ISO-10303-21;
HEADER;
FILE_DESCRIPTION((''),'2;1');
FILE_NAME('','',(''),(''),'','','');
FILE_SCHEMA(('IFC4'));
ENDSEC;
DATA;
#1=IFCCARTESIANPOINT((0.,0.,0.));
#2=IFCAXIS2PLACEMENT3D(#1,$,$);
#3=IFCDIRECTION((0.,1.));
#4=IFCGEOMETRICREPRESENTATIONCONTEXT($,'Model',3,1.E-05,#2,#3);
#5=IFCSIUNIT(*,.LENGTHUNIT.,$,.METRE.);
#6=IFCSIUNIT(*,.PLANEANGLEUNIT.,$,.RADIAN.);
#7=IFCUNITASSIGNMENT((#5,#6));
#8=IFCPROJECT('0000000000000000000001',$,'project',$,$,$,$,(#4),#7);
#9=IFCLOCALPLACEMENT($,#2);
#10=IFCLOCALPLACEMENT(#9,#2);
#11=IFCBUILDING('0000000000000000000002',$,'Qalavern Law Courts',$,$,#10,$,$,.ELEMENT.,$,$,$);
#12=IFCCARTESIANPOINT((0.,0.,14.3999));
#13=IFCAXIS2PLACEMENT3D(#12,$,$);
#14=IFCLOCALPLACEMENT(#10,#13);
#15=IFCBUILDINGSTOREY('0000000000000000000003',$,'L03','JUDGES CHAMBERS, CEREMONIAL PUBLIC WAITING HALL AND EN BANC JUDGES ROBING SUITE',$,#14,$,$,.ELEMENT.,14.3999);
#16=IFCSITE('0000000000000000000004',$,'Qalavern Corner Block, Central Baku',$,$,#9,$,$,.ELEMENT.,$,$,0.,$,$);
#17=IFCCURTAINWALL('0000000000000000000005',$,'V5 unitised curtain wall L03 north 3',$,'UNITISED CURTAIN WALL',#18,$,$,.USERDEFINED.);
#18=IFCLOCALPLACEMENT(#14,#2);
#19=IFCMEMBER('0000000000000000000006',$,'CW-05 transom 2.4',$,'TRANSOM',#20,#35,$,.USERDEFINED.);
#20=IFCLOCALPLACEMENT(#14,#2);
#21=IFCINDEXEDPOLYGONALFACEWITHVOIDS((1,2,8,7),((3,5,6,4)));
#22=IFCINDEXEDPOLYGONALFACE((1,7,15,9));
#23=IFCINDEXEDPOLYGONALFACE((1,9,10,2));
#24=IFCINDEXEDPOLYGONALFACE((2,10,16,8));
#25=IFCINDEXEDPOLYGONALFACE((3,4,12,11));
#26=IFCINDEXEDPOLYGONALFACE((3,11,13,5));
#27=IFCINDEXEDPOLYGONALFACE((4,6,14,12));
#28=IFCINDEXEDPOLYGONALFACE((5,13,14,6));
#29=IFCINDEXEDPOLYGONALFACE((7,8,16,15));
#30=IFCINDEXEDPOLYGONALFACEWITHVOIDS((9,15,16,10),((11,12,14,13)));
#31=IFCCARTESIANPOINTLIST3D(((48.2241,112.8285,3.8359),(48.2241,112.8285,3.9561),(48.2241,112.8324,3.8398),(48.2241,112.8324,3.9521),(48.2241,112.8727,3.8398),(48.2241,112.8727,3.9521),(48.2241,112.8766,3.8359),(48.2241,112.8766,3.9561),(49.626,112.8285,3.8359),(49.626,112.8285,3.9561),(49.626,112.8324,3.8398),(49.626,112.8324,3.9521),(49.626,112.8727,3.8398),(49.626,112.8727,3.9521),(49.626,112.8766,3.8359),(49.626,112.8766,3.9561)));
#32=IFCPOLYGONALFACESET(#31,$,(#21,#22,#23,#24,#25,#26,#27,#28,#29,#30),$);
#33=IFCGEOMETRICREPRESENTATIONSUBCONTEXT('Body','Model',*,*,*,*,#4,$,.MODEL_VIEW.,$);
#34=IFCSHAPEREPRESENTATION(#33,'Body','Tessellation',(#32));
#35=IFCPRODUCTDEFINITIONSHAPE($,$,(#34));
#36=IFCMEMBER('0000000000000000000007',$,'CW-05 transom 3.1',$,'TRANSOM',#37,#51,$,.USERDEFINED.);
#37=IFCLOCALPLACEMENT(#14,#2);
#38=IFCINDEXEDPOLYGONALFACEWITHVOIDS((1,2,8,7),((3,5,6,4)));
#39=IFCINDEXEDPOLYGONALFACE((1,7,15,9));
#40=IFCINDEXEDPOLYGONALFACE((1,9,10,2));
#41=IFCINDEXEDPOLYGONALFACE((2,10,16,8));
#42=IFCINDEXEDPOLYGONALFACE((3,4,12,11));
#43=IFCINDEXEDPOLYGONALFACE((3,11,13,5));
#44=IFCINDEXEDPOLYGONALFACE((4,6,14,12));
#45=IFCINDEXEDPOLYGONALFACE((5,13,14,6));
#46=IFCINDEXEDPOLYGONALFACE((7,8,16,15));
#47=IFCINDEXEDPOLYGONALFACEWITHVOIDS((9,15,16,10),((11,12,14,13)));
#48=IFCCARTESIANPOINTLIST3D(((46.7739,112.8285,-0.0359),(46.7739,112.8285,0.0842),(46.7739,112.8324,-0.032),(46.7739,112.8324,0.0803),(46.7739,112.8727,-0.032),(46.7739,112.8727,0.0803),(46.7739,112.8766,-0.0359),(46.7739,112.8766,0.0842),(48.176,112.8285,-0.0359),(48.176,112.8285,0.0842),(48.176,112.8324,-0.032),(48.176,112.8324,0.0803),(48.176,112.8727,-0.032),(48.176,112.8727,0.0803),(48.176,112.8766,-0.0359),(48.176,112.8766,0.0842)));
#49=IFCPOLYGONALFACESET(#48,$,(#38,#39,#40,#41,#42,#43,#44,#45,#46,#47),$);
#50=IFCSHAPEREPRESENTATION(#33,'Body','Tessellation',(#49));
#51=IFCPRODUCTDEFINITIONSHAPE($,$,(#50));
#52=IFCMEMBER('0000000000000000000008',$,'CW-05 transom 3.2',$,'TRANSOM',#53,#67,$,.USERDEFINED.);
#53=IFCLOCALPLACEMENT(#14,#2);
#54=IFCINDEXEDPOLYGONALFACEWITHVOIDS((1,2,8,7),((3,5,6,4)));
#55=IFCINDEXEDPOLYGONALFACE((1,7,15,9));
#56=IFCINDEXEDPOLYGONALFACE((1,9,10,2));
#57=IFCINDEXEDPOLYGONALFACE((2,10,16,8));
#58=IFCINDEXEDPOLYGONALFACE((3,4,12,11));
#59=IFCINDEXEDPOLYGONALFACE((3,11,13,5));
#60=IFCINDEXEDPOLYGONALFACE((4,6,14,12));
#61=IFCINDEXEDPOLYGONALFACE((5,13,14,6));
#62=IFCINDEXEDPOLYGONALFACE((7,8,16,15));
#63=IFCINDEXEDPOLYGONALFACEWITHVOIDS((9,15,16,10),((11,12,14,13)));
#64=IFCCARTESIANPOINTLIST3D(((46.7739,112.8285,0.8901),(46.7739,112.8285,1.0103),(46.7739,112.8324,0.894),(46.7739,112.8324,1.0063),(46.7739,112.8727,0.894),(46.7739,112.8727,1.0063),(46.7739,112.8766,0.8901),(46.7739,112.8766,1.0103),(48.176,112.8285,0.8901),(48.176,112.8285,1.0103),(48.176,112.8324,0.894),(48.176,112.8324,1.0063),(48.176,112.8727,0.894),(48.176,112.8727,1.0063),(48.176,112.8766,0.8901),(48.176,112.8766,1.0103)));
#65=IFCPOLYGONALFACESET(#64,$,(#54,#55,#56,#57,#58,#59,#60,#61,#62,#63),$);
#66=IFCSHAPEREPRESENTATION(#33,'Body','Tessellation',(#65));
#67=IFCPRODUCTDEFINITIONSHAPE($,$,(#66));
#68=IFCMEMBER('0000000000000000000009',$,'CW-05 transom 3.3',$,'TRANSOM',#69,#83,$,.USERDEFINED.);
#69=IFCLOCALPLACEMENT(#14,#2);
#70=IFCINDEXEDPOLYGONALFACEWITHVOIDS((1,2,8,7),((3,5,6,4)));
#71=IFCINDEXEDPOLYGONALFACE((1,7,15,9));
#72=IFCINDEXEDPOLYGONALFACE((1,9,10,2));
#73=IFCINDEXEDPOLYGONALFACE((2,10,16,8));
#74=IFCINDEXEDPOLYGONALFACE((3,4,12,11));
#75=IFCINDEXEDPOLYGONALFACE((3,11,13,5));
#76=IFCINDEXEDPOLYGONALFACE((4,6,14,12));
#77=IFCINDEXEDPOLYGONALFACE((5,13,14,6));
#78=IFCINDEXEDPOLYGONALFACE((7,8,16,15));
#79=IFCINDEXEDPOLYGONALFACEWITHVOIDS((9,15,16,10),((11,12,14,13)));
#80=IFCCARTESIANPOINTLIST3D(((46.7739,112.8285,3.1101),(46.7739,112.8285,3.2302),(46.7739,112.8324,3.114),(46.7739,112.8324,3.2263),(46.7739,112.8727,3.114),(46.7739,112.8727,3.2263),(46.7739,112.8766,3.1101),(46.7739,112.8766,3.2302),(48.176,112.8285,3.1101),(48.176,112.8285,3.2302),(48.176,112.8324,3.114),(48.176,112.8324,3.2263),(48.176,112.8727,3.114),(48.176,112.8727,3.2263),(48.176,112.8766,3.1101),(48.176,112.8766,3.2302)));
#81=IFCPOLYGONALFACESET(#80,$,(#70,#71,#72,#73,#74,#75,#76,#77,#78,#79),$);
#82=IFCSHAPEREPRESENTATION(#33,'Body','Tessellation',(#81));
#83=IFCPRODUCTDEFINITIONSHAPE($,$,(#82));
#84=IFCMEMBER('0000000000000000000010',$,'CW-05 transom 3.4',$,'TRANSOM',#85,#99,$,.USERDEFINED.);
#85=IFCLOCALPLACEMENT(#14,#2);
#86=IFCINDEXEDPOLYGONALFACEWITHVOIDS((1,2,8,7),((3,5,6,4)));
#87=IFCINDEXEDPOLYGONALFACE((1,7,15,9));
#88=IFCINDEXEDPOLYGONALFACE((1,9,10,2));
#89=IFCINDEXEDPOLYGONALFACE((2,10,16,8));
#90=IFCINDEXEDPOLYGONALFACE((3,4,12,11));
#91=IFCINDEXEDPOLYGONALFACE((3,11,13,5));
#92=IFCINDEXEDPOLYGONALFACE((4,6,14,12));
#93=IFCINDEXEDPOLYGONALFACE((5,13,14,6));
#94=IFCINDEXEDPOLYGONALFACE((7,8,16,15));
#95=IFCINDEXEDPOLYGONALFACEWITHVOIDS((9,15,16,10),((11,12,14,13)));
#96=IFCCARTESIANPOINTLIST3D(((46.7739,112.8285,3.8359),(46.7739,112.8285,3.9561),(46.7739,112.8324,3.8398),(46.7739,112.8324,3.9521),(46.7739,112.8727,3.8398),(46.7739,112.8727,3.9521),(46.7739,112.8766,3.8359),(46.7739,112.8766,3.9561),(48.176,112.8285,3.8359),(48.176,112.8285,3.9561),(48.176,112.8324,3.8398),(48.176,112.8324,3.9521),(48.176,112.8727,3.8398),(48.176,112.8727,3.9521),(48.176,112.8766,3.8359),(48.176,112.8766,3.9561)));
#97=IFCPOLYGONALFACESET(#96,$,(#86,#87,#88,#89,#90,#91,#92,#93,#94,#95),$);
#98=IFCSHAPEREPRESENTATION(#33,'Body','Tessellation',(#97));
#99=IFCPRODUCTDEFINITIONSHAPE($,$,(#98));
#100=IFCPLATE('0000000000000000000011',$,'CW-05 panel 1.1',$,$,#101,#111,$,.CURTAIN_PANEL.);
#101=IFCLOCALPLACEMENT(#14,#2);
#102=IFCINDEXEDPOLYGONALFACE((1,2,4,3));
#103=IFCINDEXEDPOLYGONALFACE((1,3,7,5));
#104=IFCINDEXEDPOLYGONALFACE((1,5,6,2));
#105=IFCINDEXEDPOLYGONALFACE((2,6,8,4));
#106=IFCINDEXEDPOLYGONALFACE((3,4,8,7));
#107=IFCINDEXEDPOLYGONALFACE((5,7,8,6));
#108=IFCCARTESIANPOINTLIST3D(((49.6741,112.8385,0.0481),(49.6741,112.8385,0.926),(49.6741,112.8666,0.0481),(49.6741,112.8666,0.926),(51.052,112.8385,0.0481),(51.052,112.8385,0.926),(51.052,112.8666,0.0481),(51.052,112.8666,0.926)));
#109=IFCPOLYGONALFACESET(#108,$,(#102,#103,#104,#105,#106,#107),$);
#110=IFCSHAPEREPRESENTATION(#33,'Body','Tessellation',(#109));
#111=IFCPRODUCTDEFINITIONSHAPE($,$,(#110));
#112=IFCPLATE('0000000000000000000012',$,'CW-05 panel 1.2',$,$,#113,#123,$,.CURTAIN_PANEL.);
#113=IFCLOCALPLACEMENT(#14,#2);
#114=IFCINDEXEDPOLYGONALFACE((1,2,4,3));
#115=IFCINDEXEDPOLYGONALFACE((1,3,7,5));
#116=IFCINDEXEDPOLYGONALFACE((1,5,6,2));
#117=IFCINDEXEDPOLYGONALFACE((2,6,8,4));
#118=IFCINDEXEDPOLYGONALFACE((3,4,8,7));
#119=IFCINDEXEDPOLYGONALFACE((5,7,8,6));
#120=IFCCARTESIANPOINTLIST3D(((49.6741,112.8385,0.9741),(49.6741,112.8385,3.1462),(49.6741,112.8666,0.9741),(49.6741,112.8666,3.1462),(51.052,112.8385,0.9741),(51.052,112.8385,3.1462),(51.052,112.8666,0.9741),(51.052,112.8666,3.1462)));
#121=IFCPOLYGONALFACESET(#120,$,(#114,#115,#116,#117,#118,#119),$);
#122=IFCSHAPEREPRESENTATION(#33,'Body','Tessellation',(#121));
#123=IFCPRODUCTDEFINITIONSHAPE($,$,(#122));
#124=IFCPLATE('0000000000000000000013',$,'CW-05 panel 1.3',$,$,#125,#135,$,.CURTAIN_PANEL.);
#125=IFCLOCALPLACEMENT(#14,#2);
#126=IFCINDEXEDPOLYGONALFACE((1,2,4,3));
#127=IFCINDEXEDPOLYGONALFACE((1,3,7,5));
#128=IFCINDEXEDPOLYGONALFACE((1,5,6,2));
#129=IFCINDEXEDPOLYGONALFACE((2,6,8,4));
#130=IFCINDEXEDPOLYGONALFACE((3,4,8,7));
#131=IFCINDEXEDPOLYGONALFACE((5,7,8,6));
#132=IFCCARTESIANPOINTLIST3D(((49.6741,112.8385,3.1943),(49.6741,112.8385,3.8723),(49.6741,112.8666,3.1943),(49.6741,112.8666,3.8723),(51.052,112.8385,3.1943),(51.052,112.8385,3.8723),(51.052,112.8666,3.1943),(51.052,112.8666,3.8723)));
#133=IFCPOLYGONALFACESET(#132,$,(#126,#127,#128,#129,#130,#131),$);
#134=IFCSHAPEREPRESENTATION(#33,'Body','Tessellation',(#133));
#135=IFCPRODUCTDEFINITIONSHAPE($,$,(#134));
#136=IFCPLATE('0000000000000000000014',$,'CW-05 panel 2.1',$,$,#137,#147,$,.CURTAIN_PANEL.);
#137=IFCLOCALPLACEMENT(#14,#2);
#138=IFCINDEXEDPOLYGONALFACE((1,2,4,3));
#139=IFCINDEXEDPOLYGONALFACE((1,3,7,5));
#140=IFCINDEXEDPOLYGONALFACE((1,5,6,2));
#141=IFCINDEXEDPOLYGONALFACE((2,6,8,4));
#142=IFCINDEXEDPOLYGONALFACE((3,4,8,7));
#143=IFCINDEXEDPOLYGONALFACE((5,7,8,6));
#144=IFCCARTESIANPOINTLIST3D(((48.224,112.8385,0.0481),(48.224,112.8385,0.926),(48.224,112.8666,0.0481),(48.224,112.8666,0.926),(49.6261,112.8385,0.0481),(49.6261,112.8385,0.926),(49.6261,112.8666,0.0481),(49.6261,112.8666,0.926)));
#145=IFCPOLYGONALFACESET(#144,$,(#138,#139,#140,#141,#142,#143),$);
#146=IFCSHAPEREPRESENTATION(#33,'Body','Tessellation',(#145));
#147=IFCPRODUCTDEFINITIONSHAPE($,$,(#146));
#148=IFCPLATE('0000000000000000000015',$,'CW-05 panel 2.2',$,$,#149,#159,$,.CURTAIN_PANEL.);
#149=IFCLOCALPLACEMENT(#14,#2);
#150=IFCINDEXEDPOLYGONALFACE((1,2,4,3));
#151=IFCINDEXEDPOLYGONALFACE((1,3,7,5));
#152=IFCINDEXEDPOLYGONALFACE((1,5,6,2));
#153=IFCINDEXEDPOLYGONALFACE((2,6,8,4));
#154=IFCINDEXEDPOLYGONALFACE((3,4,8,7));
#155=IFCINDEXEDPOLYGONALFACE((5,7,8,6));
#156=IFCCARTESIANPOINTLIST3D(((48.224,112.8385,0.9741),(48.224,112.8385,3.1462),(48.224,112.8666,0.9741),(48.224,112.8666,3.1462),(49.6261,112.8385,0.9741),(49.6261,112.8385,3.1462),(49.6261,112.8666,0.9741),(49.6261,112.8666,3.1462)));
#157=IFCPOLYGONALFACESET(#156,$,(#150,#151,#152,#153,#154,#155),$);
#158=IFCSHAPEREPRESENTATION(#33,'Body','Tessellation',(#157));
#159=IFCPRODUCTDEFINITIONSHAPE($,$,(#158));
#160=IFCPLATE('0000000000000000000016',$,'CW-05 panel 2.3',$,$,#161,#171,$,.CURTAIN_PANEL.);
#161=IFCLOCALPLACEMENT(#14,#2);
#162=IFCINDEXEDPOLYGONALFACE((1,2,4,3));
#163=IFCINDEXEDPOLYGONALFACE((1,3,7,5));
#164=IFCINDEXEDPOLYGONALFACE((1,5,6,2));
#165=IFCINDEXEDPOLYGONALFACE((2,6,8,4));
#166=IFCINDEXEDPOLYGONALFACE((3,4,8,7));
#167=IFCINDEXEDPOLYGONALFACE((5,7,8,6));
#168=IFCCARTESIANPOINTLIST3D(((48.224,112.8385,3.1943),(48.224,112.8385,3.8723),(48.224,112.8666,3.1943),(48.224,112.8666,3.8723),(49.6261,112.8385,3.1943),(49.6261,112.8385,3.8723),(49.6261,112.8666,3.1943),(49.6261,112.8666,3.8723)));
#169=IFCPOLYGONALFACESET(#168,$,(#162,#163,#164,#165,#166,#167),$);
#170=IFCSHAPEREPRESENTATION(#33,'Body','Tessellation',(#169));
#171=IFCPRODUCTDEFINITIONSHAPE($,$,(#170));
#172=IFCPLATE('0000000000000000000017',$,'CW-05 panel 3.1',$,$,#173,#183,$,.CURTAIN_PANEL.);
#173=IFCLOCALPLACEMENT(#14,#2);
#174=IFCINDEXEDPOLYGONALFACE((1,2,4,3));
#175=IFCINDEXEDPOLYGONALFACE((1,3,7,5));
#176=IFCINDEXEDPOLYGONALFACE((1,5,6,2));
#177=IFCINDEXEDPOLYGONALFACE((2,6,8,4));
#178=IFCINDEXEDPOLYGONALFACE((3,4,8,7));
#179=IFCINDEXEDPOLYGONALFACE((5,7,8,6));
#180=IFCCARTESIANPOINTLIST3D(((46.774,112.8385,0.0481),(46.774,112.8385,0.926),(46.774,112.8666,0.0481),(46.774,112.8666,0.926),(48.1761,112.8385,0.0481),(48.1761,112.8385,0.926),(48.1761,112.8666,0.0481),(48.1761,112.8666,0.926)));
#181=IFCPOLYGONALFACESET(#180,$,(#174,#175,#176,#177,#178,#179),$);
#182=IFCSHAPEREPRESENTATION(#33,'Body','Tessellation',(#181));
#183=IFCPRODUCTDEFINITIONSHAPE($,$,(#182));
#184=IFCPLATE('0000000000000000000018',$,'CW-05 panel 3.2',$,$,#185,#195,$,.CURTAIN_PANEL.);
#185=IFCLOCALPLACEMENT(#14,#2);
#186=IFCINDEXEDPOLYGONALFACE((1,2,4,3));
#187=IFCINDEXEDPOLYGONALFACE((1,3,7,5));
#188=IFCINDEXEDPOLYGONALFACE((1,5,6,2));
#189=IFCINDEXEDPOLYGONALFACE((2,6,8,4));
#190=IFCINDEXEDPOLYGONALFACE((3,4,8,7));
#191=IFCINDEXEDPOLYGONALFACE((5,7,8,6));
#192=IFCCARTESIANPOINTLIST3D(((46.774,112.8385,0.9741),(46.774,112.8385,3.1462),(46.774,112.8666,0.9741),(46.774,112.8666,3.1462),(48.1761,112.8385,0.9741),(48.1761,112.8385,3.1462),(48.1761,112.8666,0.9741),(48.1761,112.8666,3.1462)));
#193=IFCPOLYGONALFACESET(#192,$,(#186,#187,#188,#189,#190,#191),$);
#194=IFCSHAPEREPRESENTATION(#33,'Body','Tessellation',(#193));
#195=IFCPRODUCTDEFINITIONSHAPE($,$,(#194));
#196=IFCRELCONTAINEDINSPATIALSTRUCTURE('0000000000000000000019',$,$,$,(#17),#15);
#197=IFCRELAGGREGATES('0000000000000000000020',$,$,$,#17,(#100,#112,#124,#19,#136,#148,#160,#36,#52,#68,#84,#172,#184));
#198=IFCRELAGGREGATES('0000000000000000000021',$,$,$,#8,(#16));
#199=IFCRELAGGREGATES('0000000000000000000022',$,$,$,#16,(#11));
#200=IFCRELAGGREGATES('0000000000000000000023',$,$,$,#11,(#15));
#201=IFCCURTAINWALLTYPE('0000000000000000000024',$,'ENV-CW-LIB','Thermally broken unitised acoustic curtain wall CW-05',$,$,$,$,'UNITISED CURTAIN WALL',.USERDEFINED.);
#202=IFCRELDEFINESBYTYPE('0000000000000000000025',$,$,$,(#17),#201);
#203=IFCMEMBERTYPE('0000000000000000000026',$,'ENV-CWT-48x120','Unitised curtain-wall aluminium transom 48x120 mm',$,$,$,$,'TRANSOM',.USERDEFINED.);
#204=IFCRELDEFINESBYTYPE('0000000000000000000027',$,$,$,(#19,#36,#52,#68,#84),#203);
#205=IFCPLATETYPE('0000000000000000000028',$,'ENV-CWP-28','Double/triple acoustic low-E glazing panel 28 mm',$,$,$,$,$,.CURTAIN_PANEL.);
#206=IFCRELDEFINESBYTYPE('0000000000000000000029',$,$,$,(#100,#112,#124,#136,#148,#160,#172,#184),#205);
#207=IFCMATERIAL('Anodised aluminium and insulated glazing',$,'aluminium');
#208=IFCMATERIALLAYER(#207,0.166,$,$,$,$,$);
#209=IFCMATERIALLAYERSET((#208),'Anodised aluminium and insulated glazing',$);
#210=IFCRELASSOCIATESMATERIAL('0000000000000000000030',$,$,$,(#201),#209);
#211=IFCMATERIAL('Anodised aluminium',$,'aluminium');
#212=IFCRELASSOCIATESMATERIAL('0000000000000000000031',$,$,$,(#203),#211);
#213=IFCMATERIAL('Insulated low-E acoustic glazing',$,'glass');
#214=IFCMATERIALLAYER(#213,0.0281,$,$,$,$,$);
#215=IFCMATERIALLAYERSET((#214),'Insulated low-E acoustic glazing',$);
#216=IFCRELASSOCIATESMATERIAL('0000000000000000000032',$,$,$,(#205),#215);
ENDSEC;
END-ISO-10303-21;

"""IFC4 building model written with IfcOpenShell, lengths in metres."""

from ifc_helpers import new_model, si_unit, direction, frame, origin, origin_2d, place, context, subcontext, project, spatial, rectangle, hollow_rectangle, extrude, material, layer, layer_set, material_profile, profile_set, type_object, element, aggregate, save


model = new_model("IFC4")

# Units and contexts
model_context = context("Model", 3, precision=1e-05, world=origin(), true_north=direction((0.0, 1.0)))
body_context = subcontext(model_context, "Body", "Model", "MODEL_VIEW")
ifc_project = project(units=[si_unit("LENGTHUNIT", "METRE"), si_unit("PLANEANGLEUNIT", "RADIAN")], contexts=[model_context])

# Site, building, storey
site_placement = place(None, origin())
site = spatial("IfcSite", under=ifc_project, at=site_placement, Name="Qalavern Corner Block, Central Baku", CompositionType="ELEMENT", RefElevation=0.0)
building_placement = place(site_placement, origin())
building = spatial("IfcBuilding", under=site, at=building_placement, Name="Qalavern Law Courts", CompositionType="ELEMENT")
storey_placement = place(building_placement, frame((0.0, 0.0, 14.3999)))
storey = spatial("IfcBuildingStorey", under=building, at=storey_placement, Name="L03", Description="JUDGES CHAMBERS, CEREMONIAL PUBLIC WAITING HALL AND EN BANC JUDGES ROBING SUITE", CompositionType="ELEMENT", Elevation=14.3999)

# Curtain wall, members, plates
ifc_material_1 = material(Name="Anodised aluminium and insulated glazing", Category="aluminium")
ifc_layer_1 = layer(ifc_material_1, 0.166)
ifc_layer_set_1 = layer_set([ifc_layer_1], Name="Anodised aluminium and insulated glazing")
curtain_wall_type = type_object("IfcCurtainWallType", Name="ENV-CW-LIB", Description="Thermally broken unitised acoustic curtain wall CW-05", ElementType="UNITISED CURTAIN WALL", PredefinedType="USERDEFINED", material=ifc_layer_set_1)
curtain_wall_placement = place(storey_placement, origin())
curtain_wall = element("IfcCurtainWall", 1, at=curtain_wall_placement, inside=storey, type_object=curtain_wall_type, Name="V5 unitised curtain wall L03 north 3", ObjectType="UNITISED CURTAIN WALL", PredefinedType="USERDEFINED")
ifc_material_2 = material(Name="Anodised aluminium", Category="aluminium")
ifc_material_profile_1 = material_profile(ifc_material_2, hollow_rectangle(XDim=0.0481, YDim=0.1201, WallThickness=0.0039, at=origin_2d()), Name="ALU TRANSOM 48x120")
ifc_profile_set_1 = profile_set([ifc_material_profile_1], Name="Anodised aluminium")
member_type_1 = type_object("IfcMemberType", Name="ENV-CWT-48x120", Description="Unitised curtain-wall aluminium transom 48x120 mm", ElementType="TRANSOM", PredefinedType="USERDEFINED", material=ifc_profile_set_1)
member_1_placement = place(storey_placement, frame((49.626, 112.8525, 3.896), z_axis=(-1.0, 0.0, 0.0), x_axis=(0.0, -1.0, 0.0)))
member_1 = element("IfcMember", 2, at=member_1_placement, type_object=member_type_1, Name="CW-05 transom 2.4", ObjectType="TRANSOM", PredefinedType="USERDEFINED", context=body_context, shape_type="SweptSolid", body=[
    extrude(hollow_rectangle(XDim=0.0481, YDim=0.1201, WallThickness=0.0039, at=origin_2d()), origin(), (0.0, 0.0, 1.0), 1.4019),
])
member_2_placement = place(storey_placement, frame((48.176, 112.8525, 0.0242), z_axis=(-1.0, 0.0, 0.0), x_axis=(0.0, -1.0, 0.0)))
member_2 = element("IfcMember", 3, at=member_2_placement, type_object=member_type_1, Name="CW-05 transom 3.1", ObjectType="TRANSOM", PredefinedType="USERDEFINED", context=body_context, shape_type="SweptSolid", body=[
    extrude(hollow_rectangle(XDim=0.0481, YDim=0.1201, WallThickness=0.0039, at=origin_2d()), origin(), (0.0, 0.0, 1.0), 1.4021),
])
member_3_placement = place(storey_placement, frame((48.176, 112.8525, 0.9502), z_axis=(-1.0, 0.0, 0.0), x_axis=(0.0, -1.0, 0.0)))
member_3 = element("IfcMember", 4, at=member_3_placement, type_object=member_type_1, Name="CW-05 transom 3.2", ObjectType="TRANSOM", PredefinedType="USERDEFINED", context=body_context, shape_type="SweptSolid", body=[
    extrude(hollow_rectangle(XDim=0.0481, YDim=0.1201, WallThickness=0.0039, at=origin_2d()), origin(), (0.0, 0.0, 1.0), 1.4021),
])
member_4_placement = place(storey_placement, frame((48.176, 112.8525, 3.1702), z_axis=(-1.0, 0.0, 0.0), x_axis=(0.0, -1.0, 0.0)))
member_4 = element("IfcMember", 5, at=member_4_placement, type_object=member_type_1, Name="CW-05 transom 3.3", ObjectType="TRANSOM", PredefinedType="USERDEFINED", context=body_context, shape_type="SweptSolid", body=[
    extrude(hollow_rectangle(XDim=0.0481, YDim=0.1201, WallThickness=0.0039, at=origin_2d()), origin(), (0.0, 0.0, 1.0), 1.4021),
])
member_5_placement = place(storey_placement, frame((48.176, 112.8525, 3.896), z_axis=(-1.0, 0.0, 0.0), x_axis=(0.0, -1.0, 0.0)))
member_5 = element("IfcMember", 6, at=member_5_placement, type_object=member_type_1, Name="CW-05 transom 3.4", ObjectType="TRANSOM", PredefinedType="USERDEFINED", context=body_context, shape_type="SweptSolid", body=[
    extrude(hollow_rectangle(XDim=0.0481, YDim=0.1201, WallThickness=0.0039, at=origin_2d()), origin(), (0.0, 0.0, 1.0), 1.4021),
])
ifc_material_3 = material(Name="Insulated low-E acoustic glazing", Category="glass")
ifc_layer_2 = layer(ifc_material_3, 0.0281)
ifc_layer_set_2 = layer_set([ifc_layer_2], Name="Insulated low-E acoustic glazing")
plate_type = type_object("IfcPlateType", Name="ENV-CWP-28", Description="Double/triple acoustic low-E glazing panel 28 mm", PredefinedType="CURTAIN_PANEL", material=ifc_layer_set_2)
plate_1_placement = place(storey_placement, frame((50.363, 112.8525, 0.0481), z_axis=(0.0, 0.0, 1.0), x_axis=(-1.0, 0.0, 0.0)))
plate_1 = element("IfcPlate", 7, at=plate_1_placement, type_object=plate_type, Name="CW-05 panel 1.1", PredefinedType="CURTAIN_PANEL", context=body_context, shape_type="SweptSolid", body=[
    extrude(rectangle(XDim=1.3779, YDim=0.0281, at=origin_2d()), origin(), (0.0, 0.0, 1.0), 0.8779),
])
plate_2_placement = place(storey_placement, frame((50.363, 112.8525, 0.9741), z_axis=(0.0, 0.0, 1.0), x_axis=(-1.0, 0.0, 0.0)))
plate_2 = element("IfcPlate", 8, at=plate_2_placement, type_object=plate_type, Name="CW-05 panel 1.2", PredefinedType="CURTAIN_PANEL", context=body_context, shape_type="SweptSolid", body=[
    extrude(rectangle(XDim=1.3779, YDim=0.0281, at=origin_2d()), origin(), (0.0, 0.0, 1.0), 2.1721),
])
plate_3_placement = place(storey_placement, frame((50.363, 112.8525, 3.1943), z_axis=(0.0, 0.0, 1.0), x_axis=(-1.0, 0.0, 0.0)))
plate_3 = element("IfcPlate", 9, at=plate_3_placement, type_object=plate_type, Name="CW-05 panel 1.3", PredefinedType="CURTAIN_PANEL", context=body_context, shape_type="SweptSolid", body=[
    extrude(rectangle(XDim=1.3779, YDim=0.0281, at=origin_2d()), origin(), (0.0, 0.0, 1.0), 0.678),
])
plate_4_placement = place(storey_placement, frame((48.925, 112.8525, 0.0481), z_axis=(0.0, 0.0, 1.0), x_axis=(-1.0, 0.0, 0.0)))
plate_4 = element("IfcPlate", 10, at=plate_4_placement, type_object=plate_type, Name="CW-05 panel 2.1", PredefinedType="CURTAIN_PANEL", context=body_context, shape_type="SweptSolid", body=[
    extrude(rectangle(XDim=1.4021, YDim=0.0281, at=origin_2d()), origin(), (0.0, 0.0, 1.0), 0.8779),
])
plate_5_placement = place(storey_placement, frame((48.925, 112.8525, 0.9741), z_axis=(0.0, 0.0, 1.0), x_axis=(-1.0, 0.0, 0.0)))
plate_5 = element("IfcPlate", 11, at=plate_5_placement, type_object=plate_type, Name="CW-05 panel 2.2", PredefinedType="CURTAIN_PANEL", context=body_context, shape_type="SweptSolid", body=[
    extrude(rectangle(XDim=1.4021, YDim=0.0281, at=origin_2d()), origin(), (0.0, 0.0, 1.0), 2.1721),
])
plate_6_placement = place(storey_placement, frame((48.925, 112.8525, 3.1943), z_axis=(0.0, 0.0, 1.0), x_axis=(-1.0, 0.0, 0.0)))
plate_6 = element("IfcPlate", 12, at=plate_6_placement, type_object=plate_type, Name="CW-05 panel 2.3", PredefinedType="CURTAIN_PANEL", context=body_context, shape_type="SweptSolid", body=[
    extrude(rectangle(XDim=1.4021, YDim=0.0281, at=origin_2d()), origin(), (0.0, 0.0, 1.0), 0.678),
])
plate_7_placement = place(storey_placement, frame((47.4751, 112.8525, 0.0481), z_axis=(0.0, 0.0, 1.0), x_axis=(-1.0, 0.0, 0.0)))
plate_7 = element("IfcPlate", 13, at=plate_7_placement, type_object=plate_type, Name="CW-05 panel 3.1", PredefinedType="CURTAIN_PANEL", context=body_context, shape_type="SweptSolid", body=[
    extrude(rectangle(XDim=1.4021, YDim=0.0281, at=origin_2d()), origin(), (0.0, 0.0, 1.0), 0.8779),
])
plate_8_placement = place(storey_placement, frame((47.4751, 112.8525, 0.9741), z_axis=(0.0, 0.0, 1.0), x_axis=(-1.0, 0.0, 0.0)))
plate_8 = element("IfcPlate", 14, at=plate_8_placement, type_object=plate_type, Name="CW-05 panel 3.2", PredefinedType="CURTAIN_PANEL", context=body_context, shape_type="SweptSolid", body=[
    extrude(rectangle(XDim=1.4021, YDim=0.0281, at=origin_2d()), origin(), (0.0, 0.0, 1.0), 2.1721),
])
aggregate(curtain_wall, [plate_1, plate_2, plate_3, member_1, plate_4, plate_5, plate_6, member_2, member_3, member_4, member_5, plate_7, plate_8])

save(model, "model.ifc")
